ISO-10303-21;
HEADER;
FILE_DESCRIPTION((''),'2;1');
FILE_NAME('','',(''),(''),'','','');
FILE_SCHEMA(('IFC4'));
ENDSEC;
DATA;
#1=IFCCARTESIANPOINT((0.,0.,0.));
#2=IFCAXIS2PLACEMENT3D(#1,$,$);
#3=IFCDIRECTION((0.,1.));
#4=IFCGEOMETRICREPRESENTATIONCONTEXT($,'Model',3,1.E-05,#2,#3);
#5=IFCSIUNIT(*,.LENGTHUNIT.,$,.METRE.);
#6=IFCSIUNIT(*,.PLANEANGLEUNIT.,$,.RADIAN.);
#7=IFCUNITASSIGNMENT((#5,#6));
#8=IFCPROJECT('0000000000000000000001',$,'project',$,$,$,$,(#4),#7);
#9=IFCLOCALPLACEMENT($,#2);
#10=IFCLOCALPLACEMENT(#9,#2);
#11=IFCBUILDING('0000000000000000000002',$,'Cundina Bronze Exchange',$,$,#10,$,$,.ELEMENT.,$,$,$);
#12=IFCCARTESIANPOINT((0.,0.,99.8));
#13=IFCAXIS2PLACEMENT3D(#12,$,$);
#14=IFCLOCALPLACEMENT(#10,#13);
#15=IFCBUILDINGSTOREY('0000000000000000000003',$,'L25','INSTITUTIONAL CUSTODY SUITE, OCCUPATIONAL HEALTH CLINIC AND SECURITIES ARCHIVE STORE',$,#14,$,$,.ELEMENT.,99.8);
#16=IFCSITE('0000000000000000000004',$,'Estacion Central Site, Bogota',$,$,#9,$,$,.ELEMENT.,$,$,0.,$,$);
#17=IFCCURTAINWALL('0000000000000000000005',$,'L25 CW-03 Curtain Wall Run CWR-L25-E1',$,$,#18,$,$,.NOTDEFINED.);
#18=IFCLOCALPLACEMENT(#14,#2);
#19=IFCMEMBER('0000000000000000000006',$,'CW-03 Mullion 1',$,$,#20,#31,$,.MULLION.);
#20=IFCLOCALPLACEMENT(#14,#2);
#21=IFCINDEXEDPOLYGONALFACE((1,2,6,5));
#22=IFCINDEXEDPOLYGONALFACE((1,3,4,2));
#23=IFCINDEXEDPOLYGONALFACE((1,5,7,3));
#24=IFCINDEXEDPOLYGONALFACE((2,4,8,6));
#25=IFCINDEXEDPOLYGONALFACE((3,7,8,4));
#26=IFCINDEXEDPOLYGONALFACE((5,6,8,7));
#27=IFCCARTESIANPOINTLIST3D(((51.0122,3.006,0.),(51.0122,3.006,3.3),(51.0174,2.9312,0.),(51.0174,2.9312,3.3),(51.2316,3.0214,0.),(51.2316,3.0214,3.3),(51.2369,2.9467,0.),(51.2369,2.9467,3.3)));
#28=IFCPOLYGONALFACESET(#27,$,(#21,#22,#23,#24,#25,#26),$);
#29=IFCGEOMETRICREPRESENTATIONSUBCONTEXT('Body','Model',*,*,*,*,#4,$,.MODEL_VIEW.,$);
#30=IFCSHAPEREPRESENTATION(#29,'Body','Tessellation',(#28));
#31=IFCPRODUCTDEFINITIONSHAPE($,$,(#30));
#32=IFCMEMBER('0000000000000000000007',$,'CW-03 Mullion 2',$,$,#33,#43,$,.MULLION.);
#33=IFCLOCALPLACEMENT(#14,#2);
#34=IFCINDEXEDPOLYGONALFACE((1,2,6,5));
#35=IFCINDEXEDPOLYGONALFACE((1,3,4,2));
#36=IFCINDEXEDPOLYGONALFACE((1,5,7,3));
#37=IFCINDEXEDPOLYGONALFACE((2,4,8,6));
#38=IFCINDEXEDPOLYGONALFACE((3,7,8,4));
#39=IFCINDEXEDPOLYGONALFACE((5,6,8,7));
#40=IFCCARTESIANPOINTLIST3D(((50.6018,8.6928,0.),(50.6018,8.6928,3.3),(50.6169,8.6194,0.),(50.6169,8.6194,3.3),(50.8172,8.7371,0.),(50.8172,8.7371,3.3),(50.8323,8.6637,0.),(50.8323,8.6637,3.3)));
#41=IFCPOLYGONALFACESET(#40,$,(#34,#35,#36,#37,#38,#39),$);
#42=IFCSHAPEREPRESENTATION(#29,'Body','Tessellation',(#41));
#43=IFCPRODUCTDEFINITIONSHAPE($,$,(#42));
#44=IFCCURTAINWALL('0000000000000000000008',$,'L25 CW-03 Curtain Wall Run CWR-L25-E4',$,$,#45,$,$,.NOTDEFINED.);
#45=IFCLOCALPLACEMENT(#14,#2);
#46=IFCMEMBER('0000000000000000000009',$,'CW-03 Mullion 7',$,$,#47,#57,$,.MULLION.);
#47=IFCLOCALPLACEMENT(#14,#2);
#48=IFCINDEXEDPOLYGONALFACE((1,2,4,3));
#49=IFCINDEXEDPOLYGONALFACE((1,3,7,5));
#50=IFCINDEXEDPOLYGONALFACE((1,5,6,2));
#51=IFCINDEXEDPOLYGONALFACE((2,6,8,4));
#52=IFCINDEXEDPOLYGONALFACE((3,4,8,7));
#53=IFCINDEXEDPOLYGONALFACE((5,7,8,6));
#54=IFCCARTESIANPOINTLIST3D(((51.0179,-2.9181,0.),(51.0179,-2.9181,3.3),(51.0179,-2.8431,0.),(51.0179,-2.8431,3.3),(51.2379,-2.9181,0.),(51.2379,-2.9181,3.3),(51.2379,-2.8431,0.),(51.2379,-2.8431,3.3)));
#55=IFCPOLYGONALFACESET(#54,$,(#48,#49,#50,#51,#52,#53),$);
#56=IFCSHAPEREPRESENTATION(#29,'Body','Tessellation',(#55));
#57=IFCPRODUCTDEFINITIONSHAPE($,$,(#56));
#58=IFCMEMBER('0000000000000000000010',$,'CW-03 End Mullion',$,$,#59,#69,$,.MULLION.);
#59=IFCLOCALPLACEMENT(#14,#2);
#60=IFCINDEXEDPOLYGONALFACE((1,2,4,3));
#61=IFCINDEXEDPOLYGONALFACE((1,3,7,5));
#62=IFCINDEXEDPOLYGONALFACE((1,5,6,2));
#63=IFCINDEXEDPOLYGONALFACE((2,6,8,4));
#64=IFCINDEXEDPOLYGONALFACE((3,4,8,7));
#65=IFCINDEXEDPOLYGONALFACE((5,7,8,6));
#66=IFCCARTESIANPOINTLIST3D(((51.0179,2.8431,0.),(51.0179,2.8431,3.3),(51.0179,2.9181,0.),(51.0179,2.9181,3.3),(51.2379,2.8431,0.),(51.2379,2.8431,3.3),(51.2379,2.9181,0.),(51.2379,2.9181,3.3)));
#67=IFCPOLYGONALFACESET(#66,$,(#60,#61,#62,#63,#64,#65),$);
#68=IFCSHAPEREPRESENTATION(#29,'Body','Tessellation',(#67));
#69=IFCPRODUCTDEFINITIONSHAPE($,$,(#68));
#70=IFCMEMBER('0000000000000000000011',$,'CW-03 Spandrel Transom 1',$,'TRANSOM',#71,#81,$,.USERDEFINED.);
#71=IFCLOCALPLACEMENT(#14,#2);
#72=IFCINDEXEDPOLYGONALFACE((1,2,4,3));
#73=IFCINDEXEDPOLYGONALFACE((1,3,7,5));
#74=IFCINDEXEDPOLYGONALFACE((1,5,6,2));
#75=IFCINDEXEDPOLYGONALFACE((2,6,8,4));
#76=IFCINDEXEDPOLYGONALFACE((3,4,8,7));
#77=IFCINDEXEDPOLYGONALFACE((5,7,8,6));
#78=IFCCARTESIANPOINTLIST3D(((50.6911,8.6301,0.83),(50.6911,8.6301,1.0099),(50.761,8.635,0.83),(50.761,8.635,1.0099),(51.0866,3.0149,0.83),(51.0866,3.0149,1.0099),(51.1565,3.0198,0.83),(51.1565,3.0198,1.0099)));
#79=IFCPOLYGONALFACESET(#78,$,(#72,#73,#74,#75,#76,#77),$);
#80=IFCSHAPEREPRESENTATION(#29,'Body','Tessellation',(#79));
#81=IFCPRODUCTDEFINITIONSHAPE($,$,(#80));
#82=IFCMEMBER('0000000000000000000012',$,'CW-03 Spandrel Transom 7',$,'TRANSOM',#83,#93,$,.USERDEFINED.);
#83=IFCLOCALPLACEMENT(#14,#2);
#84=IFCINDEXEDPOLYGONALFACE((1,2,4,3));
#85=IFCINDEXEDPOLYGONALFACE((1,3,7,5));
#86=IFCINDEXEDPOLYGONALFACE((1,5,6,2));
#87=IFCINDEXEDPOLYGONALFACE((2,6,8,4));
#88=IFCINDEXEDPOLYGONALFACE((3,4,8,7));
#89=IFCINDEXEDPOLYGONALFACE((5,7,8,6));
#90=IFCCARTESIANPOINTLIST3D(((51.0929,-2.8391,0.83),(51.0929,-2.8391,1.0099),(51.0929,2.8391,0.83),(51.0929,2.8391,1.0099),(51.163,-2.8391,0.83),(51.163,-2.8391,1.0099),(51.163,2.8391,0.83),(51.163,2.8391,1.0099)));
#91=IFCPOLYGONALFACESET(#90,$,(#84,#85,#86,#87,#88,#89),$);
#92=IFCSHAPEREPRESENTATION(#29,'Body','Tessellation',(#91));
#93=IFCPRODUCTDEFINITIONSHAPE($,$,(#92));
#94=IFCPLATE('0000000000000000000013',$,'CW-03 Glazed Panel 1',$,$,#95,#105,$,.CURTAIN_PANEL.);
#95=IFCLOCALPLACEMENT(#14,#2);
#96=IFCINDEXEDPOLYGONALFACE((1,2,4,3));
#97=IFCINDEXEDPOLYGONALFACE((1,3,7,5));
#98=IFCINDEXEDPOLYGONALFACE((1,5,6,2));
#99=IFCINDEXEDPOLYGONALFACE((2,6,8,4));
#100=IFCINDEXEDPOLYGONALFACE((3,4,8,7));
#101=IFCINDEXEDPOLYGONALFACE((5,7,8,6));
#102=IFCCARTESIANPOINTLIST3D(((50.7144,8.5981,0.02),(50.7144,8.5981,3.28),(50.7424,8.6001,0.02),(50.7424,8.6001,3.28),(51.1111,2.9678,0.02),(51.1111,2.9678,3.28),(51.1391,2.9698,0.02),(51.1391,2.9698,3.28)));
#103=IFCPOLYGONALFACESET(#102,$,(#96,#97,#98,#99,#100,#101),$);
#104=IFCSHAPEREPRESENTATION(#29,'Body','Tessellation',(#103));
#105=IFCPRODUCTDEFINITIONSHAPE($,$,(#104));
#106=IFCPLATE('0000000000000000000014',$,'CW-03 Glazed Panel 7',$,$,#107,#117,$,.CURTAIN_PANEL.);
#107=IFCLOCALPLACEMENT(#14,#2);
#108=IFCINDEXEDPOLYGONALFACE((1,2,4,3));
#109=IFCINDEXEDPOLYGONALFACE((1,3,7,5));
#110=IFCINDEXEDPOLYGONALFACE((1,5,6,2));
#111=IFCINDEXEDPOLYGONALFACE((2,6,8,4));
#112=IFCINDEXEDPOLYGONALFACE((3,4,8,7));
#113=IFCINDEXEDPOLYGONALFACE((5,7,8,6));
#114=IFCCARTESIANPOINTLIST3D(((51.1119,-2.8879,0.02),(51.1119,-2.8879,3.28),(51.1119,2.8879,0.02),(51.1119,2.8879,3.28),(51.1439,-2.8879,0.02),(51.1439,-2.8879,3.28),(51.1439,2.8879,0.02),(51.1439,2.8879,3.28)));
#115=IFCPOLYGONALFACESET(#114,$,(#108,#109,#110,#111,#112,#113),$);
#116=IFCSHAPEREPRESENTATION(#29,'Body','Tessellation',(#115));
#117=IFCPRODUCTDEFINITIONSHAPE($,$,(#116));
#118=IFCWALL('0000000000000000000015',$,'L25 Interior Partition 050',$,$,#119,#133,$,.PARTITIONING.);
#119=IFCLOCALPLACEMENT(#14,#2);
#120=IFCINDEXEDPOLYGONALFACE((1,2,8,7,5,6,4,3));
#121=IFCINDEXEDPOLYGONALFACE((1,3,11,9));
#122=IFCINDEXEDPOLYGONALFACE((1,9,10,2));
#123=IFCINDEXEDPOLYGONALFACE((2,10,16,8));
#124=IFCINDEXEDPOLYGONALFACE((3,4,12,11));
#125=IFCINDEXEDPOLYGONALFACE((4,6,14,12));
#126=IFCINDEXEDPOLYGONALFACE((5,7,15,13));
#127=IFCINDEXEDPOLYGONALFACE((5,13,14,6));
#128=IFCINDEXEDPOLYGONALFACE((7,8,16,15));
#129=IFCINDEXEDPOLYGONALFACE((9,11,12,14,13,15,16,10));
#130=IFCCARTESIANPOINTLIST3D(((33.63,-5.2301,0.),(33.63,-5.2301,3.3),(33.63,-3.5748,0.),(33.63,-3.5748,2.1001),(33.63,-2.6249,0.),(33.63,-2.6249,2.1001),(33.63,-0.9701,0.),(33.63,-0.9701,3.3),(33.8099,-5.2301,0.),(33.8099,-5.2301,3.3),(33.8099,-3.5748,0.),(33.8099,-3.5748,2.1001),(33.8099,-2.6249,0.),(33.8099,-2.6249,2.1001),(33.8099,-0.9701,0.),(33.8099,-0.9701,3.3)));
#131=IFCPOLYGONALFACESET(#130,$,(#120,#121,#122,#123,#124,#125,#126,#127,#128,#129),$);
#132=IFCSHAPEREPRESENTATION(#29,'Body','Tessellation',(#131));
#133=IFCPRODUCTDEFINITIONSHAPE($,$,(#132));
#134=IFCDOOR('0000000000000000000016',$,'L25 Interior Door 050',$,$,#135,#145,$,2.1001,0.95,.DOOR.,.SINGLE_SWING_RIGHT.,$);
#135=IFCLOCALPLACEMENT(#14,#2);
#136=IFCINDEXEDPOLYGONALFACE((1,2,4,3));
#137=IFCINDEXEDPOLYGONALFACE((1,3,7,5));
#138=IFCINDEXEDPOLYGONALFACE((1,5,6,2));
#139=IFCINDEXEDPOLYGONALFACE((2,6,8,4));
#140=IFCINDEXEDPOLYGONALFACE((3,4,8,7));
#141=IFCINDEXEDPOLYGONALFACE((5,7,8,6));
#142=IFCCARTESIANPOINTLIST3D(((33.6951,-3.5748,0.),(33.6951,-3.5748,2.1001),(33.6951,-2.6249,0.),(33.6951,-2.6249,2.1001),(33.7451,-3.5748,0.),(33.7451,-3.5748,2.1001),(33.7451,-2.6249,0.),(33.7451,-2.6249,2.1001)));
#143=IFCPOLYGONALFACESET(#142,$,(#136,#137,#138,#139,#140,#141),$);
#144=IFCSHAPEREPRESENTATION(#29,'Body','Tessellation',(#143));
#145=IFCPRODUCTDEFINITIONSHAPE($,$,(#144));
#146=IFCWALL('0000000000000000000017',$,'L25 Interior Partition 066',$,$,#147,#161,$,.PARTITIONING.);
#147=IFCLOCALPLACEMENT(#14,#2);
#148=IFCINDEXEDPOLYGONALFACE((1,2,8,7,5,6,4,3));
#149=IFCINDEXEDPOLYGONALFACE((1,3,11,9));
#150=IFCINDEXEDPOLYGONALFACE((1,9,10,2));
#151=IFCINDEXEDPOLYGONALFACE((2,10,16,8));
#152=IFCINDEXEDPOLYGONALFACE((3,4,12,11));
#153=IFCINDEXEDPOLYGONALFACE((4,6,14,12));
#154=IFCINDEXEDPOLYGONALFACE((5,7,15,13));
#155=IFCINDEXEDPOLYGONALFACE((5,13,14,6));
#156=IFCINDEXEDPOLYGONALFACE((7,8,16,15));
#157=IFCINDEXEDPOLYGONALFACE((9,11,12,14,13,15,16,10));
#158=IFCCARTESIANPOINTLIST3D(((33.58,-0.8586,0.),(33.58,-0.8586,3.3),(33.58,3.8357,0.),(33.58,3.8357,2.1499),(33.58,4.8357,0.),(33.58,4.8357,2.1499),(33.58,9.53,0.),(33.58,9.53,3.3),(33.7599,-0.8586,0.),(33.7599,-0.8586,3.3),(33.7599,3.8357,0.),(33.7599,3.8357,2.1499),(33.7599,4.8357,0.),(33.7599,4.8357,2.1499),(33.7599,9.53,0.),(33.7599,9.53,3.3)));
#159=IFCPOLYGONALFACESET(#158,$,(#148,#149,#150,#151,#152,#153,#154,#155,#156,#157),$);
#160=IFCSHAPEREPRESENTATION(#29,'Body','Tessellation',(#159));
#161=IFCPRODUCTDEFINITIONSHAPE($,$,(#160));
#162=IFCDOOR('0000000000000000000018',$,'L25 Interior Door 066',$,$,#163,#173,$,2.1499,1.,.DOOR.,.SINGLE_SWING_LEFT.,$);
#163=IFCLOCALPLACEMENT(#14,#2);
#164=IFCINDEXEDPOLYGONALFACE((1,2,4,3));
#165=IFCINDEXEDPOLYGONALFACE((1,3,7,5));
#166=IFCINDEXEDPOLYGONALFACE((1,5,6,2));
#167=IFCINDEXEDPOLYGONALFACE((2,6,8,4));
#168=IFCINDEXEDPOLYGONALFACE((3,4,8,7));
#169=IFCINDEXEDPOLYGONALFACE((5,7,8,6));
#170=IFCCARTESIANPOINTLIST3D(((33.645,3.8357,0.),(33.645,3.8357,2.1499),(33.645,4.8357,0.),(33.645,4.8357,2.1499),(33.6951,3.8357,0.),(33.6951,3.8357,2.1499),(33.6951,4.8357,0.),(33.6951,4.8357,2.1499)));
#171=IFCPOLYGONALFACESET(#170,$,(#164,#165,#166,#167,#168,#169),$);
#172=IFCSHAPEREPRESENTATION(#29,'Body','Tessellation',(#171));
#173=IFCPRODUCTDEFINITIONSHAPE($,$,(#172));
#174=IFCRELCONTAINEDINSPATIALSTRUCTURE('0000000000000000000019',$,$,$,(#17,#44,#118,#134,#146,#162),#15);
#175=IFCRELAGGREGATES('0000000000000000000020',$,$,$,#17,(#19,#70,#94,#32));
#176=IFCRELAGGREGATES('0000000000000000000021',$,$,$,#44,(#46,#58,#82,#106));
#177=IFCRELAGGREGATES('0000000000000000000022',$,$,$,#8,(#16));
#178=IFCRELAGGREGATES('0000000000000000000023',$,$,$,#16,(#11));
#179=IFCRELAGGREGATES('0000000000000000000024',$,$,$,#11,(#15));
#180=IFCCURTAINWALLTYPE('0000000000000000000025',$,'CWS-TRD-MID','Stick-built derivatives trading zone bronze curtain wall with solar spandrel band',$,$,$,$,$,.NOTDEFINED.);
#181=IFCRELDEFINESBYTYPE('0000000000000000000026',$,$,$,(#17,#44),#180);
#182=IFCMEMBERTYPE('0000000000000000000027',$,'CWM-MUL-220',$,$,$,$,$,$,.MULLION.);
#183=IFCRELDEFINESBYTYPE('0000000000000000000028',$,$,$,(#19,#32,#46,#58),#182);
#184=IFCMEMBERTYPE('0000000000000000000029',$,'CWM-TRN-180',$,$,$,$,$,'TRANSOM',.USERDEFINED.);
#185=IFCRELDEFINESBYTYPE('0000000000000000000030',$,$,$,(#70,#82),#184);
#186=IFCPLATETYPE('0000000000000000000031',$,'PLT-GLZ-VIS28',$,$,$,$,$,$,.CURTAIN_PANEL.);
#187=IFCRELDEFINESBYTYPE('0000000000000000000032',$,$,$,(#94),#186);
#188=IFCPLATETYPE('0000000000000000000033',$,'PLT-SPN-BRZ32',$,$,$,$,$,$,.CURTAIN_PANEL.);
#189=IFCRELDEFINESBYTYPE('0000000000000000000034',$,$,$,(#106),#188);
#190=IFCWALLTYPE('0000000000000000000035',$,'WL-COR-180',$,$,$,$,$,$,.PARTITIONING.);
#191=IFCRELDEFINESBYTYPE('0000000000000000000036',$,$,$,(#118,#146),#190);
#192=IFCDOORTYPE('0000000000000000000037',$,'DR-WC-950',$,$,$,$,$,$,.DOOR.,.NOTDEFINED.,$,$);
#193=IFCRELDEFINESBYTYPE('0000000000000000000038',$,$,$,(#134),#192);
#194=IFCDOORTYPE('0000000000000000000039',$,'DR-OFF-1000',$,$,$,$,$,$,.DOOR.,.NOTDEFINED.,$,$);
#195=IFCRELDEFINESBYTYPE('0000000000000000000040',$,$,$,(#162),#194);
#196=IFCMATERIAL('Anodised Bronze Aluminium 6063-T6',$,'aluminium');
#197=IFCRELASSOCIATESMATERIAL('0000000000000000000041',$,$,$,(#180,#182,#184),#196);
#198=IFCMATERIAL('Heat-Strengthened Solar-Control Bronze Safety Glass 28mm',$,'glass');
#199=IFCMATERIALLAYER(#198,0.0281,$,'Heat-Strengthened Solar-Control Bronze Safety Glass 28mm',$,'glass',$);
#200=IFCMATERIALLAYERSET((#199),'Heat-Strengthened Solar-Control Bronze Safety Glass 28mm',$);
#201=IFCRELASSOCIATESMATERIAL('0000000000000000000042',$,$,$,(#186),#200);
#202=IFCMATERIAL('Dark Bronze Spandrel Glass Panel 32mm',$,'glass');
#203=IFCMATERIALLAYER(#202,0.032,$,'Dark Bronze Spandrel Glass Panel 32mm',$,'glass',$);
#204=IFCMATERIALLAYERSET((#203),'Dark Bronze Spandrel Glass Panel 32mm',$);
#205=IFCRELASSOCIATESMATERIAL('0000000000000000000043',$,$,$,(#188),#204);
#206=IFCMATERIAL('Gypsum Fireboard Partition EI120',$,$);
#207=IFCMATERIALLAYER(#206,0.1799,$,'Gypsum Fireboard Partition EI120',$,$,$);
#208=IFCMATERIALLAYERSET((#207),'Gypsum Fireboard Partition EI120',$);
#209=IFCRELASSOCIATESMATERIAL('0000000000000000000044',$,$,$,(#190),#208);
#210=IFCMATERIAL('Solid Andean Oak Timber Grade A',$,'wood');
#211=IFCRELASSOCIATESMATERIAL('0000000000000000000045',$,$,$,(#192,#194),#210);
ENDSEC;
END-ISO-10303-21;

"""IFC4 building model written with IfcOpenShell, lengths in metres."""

from ifc_helpers import new_model, si_unit, direction, frame, frame_2d, origin, origin_2d, place, context, subcontext, project, spatial, rectangle, extrude, material, layer, layer_set, material_profile, profile_set, type_object, element, fill, aggregate, save


model = new_model("IFC4")

# Units and contexts
model_context = context("Model", 3, precision=1e-05, world=origin(), true_north=direction((0.0, 1.0)))
body_context = subcontext(model_context, "Body", "Model", "MODEL_VIEW")
ifc_project = project(units=[si_unit("LENGTHUNIT", "METRE"), si_unit("PLANEANGLEUNIT", "RADIAN")], contexts=[model_context])

# Site, building, storey
site_placement = place(None, origin())
site = spatial("IfcSite", under=ifc_project, at=site_placement, Name="Estacion Central Site, Bogota", CompositionType="ELEMENT", RefElevation=0.0)
building_placement = place(site_placement, origin())
building = spatial("IfcBuilding", under=site, at=building_placement, Name="Cundina Bronze Exchange", CompositionType="ELEMENT")
storey_placement = place(building_placement, frame((0.0, 0.0, 99.8)))
storey = spatial("IfcBuildingStorey", under=building, at=storey_placement, Name="L25", Description="INSTITUTIONAL CUSTODY SUITE, OCCUPATIONAL HEALTH CLINIC AND SECURITIES ARCHIVE STORE", CompositionType="ELEMENT", Elevation=99.8)

# Curtain walls, members
ifc_material_1 = material(Name="Anodised Bronze Aluminium 6063-T6", Category="aluminium")
curtain_wall_type = type_object("IfcCurtainWallType", Name="CWS-TRD-MID", Description="Stick-built derivatives trading zone bronze curtain wall with solar spandrel band", PredefinedType="NOTDEFINED", material=ifc_material_1)
curtain_wall_1_placement = place(storey_placement, origin())
curtain_wall_1 = element("IfcCurtainWall", 1, at=curtain_wall_1_placement, inside=storey, type_object=curtain_wall_type, Name="L25 CW-03 Curtain Wall Run CWR-L25-E1", PredefinedType="NOTDEFINED")
ifc_material_profile_1 = material_profile(ifc_material_1, rectangle(XDim=0.075, YDim=0.22, at=origin_2d()), Name="AL75X220", Category="aluminium")
ifc_profile_set_1 = profile_set([ifc_material_profile_1], Name="Anodised Bronze Aluminium 6063-T6")
member_type_1 = type_object("IfcMemberType", Name="CWM-MUL-220", PredefinedType="MULLION", material=ifc_profile_set_1)
member_1_placement = place(storey_placement, frame((51.1245, 2.9763, 0.0), z_axis=(0.0, 0.0, 1.0), x_axis=(-0.070279, 0.997527, 0.0)))
member_1 = element("IfcMember", 2, at=member_1_placement, type_object=member_type_1, Name="CW-03 Mullion 1", PredefinedType="MULLION", context=body_context, shape_type="SweptSolid", body=[
    extrude(rectangle(XDim=0.075, YDim=0.22, at=origin_2d()), origin(), (0.0, 0.0, 1.0), 3.3),
])
member_2_placement = place(storey_placement, frame((50.717, 8.6782, 0.0), z_axis=(0.0, 0.0, 1.0), x_axis=(-0.20142, 0.979505, 0.0)))
member_2 = element("IfcMember", 3, at=member_2_placement, type_object=member_type_1, Name="CW-03 Mullion 2", PredefinedType="MULLION", context=body_context, shape_type="SweptSolid", body=[
    extrude(rectangle(XDim=0.075, YDim=0.22, at=origin_2d()), origin(), (0.0, 0.0, 1.0), 3.3),
])
curtain_wall_2_placement = place(storey_placement, origin())
curtain_wall_2 = element("IfcCurtainWall", 4, at=curtain_wall_2_placement, inside=storey, type_object=curtain_wall_type, Name="L25 CW-03 Curtain Wall Run CWR-L25-E4", PredefinedType="NOTDEFINED")
member_3_placement = place(storey_placement, frame((51.1279, -2.8806, 0.0), z_axis=(0.0, 0.0, 1.0), x_axis=(0.0, 1.0, 0.0)))
member_3 = element("IfcMember", 5, at=member_3_placement, type_object=member_type_1, Name="CW-03 Mullion 7", PredefinedType="MULLION", context=body_context, shape_type="SweptSolid", body=[
    extrude(rectangle(XDim=0.075, YDim=0.22, at=origin_2d()), origin(), (0.0, 0.0, 1.0), 3.3),
])
member_4_placement = place(storey_placement, frame((51.1279, 2.8806, 0.0), z_axis=(0.0, 0.0, 1.0), x_axis=(0.0, 1.0, 0.0)))
member_4 = element("IfcMember", 6, at=member_4_placement, type_object=member_type_1, Name="CW-03 End Mullion", PredefinedType="MULLION", context=body_context, shape_type="SweptSolid", body=[
    extrude(rectangle(XDim=0.075, YDim=0.22, at=origin_2d()), origin(), (0.0, 0.0, 1.0), 3.3),
])

# Members
ifc_material_profile_2 = material_profile(ifc_material_1, rectangle(XDim=0.0701, YDim=0.1799, at=origin_2d()), Name="AL70X180", Category="aluminium")
ifc_profile_set_2 = profile_set([ifc_material_profile_2], Name="Anodised Bronze Aluminium 6063-T6")
member_type_2 = type_object("IfcMemberType", Name="CWM-TRN-180", ElementType="TRANSOM", PredefinedType="USERDEFINED", material=ifc_profile_set_2)
member_5_placement = place(storey_placement, frame((51.1216, 3.0173, 0.9199), z_axis=(-0.070261, 0.997529, 0.0), x_axis=(-0.997529, -0.070261, 0.0)))
member_5 = element("IfcMember", 7, at=member_5_placement, type_object=member_type_2, Name="CW-03 Spandrel Transom 1", ObjectType="TRANSOM", PredefinedType="USERDEFINED", context=body_context, shape_type="SweptSolid", body=[
    extrude(rectangle(XDim=0.0701, YDim=0.1799, at=origin_2d()), origin(), (0.0, 0.0, 1.0), 5.6292),
])
member_6_placement = place(storey_placement, frame((51.1279, -2.8391, 0.9199), z_axis=(0.0, 1.0, 0.0), x_axis=(-1.0, 0.0, 0.0)))
member_6 = element("IfcMember", 8, at=member_6_placement, type_object=member_type_2, Name="CW-03 Spandrel Transom 7", ObjectType="TRANSOM", PredefinedType="USERDEFINED", context=body_context, shape_type="SweptSolid", body=[
    extrude(rectangle(XDim=0.0701, YDim=0.1799, at=origin_2d()), origin(), (0.0, 0.0, 1.0), 5.6782),
])

# Plates
ifc_material_2 = material(Name="Heat-Strengthened Solar-Control Bronze Safety Glass 28mm", Category="glass")
ifc_layer_1 = layer(ifc_material_2, 0.0281, Name="Heat-Strengthened Solar-Control Bronze Safety Glass 28mm", Category="glass")
ifc_layer_set_1 = layer_set([ifc_layer_1], Name="Heat-Strengthened Solar-Control Bronze Safety Glass 28mm")
plate_type_1 = type_object("IfcPlateType", Name="PLT-GLZ-VIS28", PredefinedType="CURTAIN_PANEL", material=ifc_layer_set_1)
plate_1_placement = place(storey_placement, frame((50.9268, 5.7839, 0.02), z_axis=(0.0, 0.0, 1.0), x_axis=(-0.070279, 0.997527, 0.0)))
plate_1 = element("IfcPlate", 9, at=plate_1_placement, type_object=plate_type_1, Name="CW-03 Glazed Panel 1", PredefinedType="CURTAIN_PANEL", context=body_context, shape_type="SweptSolid", body=[
    extrude(rectangle(XDim=5.6443, YDim=0.0281, at=origin_2d()), origin(), (0.0, 0.0, 1.0), 3.26),
])
aggregate(curtain_wall_1, [member_1, member_5, plate_1, member_2])
ifc_material_3 = material(Name="Dark Bronze Spandrel Glass Panel 32mm", Category="glass")
ifc_layer_2 = layer(ifc_material_3, 0.032, Name="Dark Bronze Spandrel Glass Panel 32mm", Category="glass")
ifc_layer_set_2 = layer_set([ifc_layer_2], Name="Dark Bronze Spandrel Glass Panel 32mm")
plate_type_2 = type_object("IfcPlateType", Name="PLT-SPN-BRZ32", PredefinedType="CURTAIN_PANEL", material=ifc_layer_set_2)
plate_2_placement = place(storey_placement, frame((51.1279, 0.0, 0.02), z_axis=(0.0, 0.0, 1.0), x_axis=(0.0, 1.0, 0.0)))
plate_2 = element("IfcPlate", 10, at=plate_2_placement, type_object=plate_type_2, Name="CW-03 Glazed Panel 7", PredefinedType="CURTAIN_PANEL", context=body_context, shape_type="SweptSolid", body=[
    extrude(rectangle(XDim=5.7759, YDim=0.032, at=origin_2d()), origin(), (0.0, 0.0, 1.0), 3.26),
])
aggregate(curtain_wall_2, [member_3, member_4, member_6, plate_2])

# Walls, openings, doors
ifc_material_4 = material(Name="Gypsum Fireboard Partition EI120")
ifc_layer_3 = layer(ifc_material_4, 0.1799, Name="Gypsum Fireboard Partition EI120")
ifc_layer_set_3 = layer_set([ifc_layer_3], Name="Gypsum Fireboard Partition EI120")
wall_type_1 = type_object("IfcWallType", Name="WL-COR-180", PredefinedType="PARTITIONING", material=ifc_layer_set_3)
wall_1_placement = place(storey_placement, frame((33.72, -5.23, 0.0), z_axis=(0.0, 0.0, 1.0), x_axis=(0.0, 1.0, 0.0)))
wall_1 = element("IfcWall", 11, at=wall_1_placement, inside=storey, type_object=wall_type_1, Name="L25 Interior Partition 050", PredefinedType="PARTITIONING", context=body_context, shape_type="SweptSolid", body=[
    extrude(rectangle(XDim=4.26, YDim=0.1799, at=frame_2d((2.1299, 0.0))), origin(), (0.0, 0.0, 1.0), 3.3),
])
opening_1_placement = place(wall_1_placement, frame((1.655, 0.0, 0.0)))
opening_1 = element("IfcOpeningElement", 12, at=opening_1_placement, cuts=wall_1, PredefinedType="OPENING", context=body_context, shape_type="SweptSolid", body=[
    extrude(rectangle(XDim=0.95, YDim=2.1001, at=frame_2d((0.4751, 1.05))), frame((0.0, 0.0999, 0.0), z_axis=(0.0, -1.0, 0.0), x_axis=(1.0, 0.0, 0.0)), (0.0, 0.0, 1.0), 0.2),
])
ifc_material_5 = material(Name="Solid Andean Oak Timber Grade A", Category="wood")
door_type_1 = type_object("IfcDoorType", Name="DR-WC-950", OperationType="NOTDEFINED", PredefinedType="DOOR", material=ifc_material_5)
door_1_placement = place(opening_1_placement, origin())
door_1 = element("IfcDoor", 13, at=door_1_placement, inside=storey, type_object=door_type_1, Name="L25 Interior Door 050", OperationType="SINGLE_SWING_RIGHT", OverallHeight=2.1001, OverallWidth=0.95, PredefinedType="DOOR", context=body_context, shape_type="SweptSolid", body=[
    extrude(rectangle(XDim=0.95, YDim=2.1001, at=frame_2d((0.4751, 1.05))), frame((0.0, 0.0249, 0.0), z_axis=(0.0, -1.0, 0.0), x_axis=(1.0, 0.0, 0.0)), (0.0, 0.0, 1.0), 0.05),
])
fill(opening_1, door_1)
wall_2_placement = place(storey_placement, frame((33.6699, -0.8586, 0.0), z_axis=(0.0, 0.0, 1.0), x_axis=(0.0, 1.0, 0.0)))
wall_2 = element("IfcWall", 14, at=wall_2_placement, inside=storey, type_object=wall_type_1, Name="L25 Interior Partition 066", PredefinedType="PARTITIONING", context=body_context, shape_type="SweptSolid", body=[
    extrude(rectangle(XDim=10.3887, YDim=0.1799, at=frame_2d((5.1943, 0.0))), origin(), (0.0, 0.0, 1.0), 3.3),
])
opening_2_placement = place(wall_2_placement, frame((4.6943, 0.0, 0.0)))
opening_2 = element("IfcOpeningElement", 15, at=opening_2_placement, cuts=wall_2, PredefinedType="OPENING", context=body_context, shape_type="SweptSolid", body=[
    extrude(rectangle(XDim=1.0, YDim=2.1499, at=frame_2d((0.5, 1.075))), frame((0.0, 0.0999, 0.0), z_axis=(0.0, -1.0, 0.0), x_axis=(1.0, 0.0, 0.0)), (0.0, 0.0, 1.0), 0.2),
])
door_type_2 = type_object("IfcDoorType", Name="DR-OFF-1000", OperationType="NOTDEFINED", PredefinedType="DOOR", material=ifc_material_5)
door_2_placement = place(opening_2_placement, origin())
door_2 = element("IfcDoor", 16, at=door_2_placement, inside=storey, type_object=door_type_2, Name="L25 Interior Door 066", OperationType="SINGLE_SWING_LEFT", OverallHeight=2.1499, OverallWidth=1.0, PredefinedType="DOOR", context=body_context, shape_type="SweptSolid", body=[
    extrude(rectangle(XDim=1.0, YDim=2.1499, at=frame_2d((0.5, 1.075))), frame((0.0, 0.0249, 0.0), z_axis=(0.0, -1.0, 0.0), x_axis=(1.0, 0.0, 0.0)), (0.0, 0.0, 1.0), 0.05),
])
fill(opening_2, door_2)

save(model, "model.ifc")
